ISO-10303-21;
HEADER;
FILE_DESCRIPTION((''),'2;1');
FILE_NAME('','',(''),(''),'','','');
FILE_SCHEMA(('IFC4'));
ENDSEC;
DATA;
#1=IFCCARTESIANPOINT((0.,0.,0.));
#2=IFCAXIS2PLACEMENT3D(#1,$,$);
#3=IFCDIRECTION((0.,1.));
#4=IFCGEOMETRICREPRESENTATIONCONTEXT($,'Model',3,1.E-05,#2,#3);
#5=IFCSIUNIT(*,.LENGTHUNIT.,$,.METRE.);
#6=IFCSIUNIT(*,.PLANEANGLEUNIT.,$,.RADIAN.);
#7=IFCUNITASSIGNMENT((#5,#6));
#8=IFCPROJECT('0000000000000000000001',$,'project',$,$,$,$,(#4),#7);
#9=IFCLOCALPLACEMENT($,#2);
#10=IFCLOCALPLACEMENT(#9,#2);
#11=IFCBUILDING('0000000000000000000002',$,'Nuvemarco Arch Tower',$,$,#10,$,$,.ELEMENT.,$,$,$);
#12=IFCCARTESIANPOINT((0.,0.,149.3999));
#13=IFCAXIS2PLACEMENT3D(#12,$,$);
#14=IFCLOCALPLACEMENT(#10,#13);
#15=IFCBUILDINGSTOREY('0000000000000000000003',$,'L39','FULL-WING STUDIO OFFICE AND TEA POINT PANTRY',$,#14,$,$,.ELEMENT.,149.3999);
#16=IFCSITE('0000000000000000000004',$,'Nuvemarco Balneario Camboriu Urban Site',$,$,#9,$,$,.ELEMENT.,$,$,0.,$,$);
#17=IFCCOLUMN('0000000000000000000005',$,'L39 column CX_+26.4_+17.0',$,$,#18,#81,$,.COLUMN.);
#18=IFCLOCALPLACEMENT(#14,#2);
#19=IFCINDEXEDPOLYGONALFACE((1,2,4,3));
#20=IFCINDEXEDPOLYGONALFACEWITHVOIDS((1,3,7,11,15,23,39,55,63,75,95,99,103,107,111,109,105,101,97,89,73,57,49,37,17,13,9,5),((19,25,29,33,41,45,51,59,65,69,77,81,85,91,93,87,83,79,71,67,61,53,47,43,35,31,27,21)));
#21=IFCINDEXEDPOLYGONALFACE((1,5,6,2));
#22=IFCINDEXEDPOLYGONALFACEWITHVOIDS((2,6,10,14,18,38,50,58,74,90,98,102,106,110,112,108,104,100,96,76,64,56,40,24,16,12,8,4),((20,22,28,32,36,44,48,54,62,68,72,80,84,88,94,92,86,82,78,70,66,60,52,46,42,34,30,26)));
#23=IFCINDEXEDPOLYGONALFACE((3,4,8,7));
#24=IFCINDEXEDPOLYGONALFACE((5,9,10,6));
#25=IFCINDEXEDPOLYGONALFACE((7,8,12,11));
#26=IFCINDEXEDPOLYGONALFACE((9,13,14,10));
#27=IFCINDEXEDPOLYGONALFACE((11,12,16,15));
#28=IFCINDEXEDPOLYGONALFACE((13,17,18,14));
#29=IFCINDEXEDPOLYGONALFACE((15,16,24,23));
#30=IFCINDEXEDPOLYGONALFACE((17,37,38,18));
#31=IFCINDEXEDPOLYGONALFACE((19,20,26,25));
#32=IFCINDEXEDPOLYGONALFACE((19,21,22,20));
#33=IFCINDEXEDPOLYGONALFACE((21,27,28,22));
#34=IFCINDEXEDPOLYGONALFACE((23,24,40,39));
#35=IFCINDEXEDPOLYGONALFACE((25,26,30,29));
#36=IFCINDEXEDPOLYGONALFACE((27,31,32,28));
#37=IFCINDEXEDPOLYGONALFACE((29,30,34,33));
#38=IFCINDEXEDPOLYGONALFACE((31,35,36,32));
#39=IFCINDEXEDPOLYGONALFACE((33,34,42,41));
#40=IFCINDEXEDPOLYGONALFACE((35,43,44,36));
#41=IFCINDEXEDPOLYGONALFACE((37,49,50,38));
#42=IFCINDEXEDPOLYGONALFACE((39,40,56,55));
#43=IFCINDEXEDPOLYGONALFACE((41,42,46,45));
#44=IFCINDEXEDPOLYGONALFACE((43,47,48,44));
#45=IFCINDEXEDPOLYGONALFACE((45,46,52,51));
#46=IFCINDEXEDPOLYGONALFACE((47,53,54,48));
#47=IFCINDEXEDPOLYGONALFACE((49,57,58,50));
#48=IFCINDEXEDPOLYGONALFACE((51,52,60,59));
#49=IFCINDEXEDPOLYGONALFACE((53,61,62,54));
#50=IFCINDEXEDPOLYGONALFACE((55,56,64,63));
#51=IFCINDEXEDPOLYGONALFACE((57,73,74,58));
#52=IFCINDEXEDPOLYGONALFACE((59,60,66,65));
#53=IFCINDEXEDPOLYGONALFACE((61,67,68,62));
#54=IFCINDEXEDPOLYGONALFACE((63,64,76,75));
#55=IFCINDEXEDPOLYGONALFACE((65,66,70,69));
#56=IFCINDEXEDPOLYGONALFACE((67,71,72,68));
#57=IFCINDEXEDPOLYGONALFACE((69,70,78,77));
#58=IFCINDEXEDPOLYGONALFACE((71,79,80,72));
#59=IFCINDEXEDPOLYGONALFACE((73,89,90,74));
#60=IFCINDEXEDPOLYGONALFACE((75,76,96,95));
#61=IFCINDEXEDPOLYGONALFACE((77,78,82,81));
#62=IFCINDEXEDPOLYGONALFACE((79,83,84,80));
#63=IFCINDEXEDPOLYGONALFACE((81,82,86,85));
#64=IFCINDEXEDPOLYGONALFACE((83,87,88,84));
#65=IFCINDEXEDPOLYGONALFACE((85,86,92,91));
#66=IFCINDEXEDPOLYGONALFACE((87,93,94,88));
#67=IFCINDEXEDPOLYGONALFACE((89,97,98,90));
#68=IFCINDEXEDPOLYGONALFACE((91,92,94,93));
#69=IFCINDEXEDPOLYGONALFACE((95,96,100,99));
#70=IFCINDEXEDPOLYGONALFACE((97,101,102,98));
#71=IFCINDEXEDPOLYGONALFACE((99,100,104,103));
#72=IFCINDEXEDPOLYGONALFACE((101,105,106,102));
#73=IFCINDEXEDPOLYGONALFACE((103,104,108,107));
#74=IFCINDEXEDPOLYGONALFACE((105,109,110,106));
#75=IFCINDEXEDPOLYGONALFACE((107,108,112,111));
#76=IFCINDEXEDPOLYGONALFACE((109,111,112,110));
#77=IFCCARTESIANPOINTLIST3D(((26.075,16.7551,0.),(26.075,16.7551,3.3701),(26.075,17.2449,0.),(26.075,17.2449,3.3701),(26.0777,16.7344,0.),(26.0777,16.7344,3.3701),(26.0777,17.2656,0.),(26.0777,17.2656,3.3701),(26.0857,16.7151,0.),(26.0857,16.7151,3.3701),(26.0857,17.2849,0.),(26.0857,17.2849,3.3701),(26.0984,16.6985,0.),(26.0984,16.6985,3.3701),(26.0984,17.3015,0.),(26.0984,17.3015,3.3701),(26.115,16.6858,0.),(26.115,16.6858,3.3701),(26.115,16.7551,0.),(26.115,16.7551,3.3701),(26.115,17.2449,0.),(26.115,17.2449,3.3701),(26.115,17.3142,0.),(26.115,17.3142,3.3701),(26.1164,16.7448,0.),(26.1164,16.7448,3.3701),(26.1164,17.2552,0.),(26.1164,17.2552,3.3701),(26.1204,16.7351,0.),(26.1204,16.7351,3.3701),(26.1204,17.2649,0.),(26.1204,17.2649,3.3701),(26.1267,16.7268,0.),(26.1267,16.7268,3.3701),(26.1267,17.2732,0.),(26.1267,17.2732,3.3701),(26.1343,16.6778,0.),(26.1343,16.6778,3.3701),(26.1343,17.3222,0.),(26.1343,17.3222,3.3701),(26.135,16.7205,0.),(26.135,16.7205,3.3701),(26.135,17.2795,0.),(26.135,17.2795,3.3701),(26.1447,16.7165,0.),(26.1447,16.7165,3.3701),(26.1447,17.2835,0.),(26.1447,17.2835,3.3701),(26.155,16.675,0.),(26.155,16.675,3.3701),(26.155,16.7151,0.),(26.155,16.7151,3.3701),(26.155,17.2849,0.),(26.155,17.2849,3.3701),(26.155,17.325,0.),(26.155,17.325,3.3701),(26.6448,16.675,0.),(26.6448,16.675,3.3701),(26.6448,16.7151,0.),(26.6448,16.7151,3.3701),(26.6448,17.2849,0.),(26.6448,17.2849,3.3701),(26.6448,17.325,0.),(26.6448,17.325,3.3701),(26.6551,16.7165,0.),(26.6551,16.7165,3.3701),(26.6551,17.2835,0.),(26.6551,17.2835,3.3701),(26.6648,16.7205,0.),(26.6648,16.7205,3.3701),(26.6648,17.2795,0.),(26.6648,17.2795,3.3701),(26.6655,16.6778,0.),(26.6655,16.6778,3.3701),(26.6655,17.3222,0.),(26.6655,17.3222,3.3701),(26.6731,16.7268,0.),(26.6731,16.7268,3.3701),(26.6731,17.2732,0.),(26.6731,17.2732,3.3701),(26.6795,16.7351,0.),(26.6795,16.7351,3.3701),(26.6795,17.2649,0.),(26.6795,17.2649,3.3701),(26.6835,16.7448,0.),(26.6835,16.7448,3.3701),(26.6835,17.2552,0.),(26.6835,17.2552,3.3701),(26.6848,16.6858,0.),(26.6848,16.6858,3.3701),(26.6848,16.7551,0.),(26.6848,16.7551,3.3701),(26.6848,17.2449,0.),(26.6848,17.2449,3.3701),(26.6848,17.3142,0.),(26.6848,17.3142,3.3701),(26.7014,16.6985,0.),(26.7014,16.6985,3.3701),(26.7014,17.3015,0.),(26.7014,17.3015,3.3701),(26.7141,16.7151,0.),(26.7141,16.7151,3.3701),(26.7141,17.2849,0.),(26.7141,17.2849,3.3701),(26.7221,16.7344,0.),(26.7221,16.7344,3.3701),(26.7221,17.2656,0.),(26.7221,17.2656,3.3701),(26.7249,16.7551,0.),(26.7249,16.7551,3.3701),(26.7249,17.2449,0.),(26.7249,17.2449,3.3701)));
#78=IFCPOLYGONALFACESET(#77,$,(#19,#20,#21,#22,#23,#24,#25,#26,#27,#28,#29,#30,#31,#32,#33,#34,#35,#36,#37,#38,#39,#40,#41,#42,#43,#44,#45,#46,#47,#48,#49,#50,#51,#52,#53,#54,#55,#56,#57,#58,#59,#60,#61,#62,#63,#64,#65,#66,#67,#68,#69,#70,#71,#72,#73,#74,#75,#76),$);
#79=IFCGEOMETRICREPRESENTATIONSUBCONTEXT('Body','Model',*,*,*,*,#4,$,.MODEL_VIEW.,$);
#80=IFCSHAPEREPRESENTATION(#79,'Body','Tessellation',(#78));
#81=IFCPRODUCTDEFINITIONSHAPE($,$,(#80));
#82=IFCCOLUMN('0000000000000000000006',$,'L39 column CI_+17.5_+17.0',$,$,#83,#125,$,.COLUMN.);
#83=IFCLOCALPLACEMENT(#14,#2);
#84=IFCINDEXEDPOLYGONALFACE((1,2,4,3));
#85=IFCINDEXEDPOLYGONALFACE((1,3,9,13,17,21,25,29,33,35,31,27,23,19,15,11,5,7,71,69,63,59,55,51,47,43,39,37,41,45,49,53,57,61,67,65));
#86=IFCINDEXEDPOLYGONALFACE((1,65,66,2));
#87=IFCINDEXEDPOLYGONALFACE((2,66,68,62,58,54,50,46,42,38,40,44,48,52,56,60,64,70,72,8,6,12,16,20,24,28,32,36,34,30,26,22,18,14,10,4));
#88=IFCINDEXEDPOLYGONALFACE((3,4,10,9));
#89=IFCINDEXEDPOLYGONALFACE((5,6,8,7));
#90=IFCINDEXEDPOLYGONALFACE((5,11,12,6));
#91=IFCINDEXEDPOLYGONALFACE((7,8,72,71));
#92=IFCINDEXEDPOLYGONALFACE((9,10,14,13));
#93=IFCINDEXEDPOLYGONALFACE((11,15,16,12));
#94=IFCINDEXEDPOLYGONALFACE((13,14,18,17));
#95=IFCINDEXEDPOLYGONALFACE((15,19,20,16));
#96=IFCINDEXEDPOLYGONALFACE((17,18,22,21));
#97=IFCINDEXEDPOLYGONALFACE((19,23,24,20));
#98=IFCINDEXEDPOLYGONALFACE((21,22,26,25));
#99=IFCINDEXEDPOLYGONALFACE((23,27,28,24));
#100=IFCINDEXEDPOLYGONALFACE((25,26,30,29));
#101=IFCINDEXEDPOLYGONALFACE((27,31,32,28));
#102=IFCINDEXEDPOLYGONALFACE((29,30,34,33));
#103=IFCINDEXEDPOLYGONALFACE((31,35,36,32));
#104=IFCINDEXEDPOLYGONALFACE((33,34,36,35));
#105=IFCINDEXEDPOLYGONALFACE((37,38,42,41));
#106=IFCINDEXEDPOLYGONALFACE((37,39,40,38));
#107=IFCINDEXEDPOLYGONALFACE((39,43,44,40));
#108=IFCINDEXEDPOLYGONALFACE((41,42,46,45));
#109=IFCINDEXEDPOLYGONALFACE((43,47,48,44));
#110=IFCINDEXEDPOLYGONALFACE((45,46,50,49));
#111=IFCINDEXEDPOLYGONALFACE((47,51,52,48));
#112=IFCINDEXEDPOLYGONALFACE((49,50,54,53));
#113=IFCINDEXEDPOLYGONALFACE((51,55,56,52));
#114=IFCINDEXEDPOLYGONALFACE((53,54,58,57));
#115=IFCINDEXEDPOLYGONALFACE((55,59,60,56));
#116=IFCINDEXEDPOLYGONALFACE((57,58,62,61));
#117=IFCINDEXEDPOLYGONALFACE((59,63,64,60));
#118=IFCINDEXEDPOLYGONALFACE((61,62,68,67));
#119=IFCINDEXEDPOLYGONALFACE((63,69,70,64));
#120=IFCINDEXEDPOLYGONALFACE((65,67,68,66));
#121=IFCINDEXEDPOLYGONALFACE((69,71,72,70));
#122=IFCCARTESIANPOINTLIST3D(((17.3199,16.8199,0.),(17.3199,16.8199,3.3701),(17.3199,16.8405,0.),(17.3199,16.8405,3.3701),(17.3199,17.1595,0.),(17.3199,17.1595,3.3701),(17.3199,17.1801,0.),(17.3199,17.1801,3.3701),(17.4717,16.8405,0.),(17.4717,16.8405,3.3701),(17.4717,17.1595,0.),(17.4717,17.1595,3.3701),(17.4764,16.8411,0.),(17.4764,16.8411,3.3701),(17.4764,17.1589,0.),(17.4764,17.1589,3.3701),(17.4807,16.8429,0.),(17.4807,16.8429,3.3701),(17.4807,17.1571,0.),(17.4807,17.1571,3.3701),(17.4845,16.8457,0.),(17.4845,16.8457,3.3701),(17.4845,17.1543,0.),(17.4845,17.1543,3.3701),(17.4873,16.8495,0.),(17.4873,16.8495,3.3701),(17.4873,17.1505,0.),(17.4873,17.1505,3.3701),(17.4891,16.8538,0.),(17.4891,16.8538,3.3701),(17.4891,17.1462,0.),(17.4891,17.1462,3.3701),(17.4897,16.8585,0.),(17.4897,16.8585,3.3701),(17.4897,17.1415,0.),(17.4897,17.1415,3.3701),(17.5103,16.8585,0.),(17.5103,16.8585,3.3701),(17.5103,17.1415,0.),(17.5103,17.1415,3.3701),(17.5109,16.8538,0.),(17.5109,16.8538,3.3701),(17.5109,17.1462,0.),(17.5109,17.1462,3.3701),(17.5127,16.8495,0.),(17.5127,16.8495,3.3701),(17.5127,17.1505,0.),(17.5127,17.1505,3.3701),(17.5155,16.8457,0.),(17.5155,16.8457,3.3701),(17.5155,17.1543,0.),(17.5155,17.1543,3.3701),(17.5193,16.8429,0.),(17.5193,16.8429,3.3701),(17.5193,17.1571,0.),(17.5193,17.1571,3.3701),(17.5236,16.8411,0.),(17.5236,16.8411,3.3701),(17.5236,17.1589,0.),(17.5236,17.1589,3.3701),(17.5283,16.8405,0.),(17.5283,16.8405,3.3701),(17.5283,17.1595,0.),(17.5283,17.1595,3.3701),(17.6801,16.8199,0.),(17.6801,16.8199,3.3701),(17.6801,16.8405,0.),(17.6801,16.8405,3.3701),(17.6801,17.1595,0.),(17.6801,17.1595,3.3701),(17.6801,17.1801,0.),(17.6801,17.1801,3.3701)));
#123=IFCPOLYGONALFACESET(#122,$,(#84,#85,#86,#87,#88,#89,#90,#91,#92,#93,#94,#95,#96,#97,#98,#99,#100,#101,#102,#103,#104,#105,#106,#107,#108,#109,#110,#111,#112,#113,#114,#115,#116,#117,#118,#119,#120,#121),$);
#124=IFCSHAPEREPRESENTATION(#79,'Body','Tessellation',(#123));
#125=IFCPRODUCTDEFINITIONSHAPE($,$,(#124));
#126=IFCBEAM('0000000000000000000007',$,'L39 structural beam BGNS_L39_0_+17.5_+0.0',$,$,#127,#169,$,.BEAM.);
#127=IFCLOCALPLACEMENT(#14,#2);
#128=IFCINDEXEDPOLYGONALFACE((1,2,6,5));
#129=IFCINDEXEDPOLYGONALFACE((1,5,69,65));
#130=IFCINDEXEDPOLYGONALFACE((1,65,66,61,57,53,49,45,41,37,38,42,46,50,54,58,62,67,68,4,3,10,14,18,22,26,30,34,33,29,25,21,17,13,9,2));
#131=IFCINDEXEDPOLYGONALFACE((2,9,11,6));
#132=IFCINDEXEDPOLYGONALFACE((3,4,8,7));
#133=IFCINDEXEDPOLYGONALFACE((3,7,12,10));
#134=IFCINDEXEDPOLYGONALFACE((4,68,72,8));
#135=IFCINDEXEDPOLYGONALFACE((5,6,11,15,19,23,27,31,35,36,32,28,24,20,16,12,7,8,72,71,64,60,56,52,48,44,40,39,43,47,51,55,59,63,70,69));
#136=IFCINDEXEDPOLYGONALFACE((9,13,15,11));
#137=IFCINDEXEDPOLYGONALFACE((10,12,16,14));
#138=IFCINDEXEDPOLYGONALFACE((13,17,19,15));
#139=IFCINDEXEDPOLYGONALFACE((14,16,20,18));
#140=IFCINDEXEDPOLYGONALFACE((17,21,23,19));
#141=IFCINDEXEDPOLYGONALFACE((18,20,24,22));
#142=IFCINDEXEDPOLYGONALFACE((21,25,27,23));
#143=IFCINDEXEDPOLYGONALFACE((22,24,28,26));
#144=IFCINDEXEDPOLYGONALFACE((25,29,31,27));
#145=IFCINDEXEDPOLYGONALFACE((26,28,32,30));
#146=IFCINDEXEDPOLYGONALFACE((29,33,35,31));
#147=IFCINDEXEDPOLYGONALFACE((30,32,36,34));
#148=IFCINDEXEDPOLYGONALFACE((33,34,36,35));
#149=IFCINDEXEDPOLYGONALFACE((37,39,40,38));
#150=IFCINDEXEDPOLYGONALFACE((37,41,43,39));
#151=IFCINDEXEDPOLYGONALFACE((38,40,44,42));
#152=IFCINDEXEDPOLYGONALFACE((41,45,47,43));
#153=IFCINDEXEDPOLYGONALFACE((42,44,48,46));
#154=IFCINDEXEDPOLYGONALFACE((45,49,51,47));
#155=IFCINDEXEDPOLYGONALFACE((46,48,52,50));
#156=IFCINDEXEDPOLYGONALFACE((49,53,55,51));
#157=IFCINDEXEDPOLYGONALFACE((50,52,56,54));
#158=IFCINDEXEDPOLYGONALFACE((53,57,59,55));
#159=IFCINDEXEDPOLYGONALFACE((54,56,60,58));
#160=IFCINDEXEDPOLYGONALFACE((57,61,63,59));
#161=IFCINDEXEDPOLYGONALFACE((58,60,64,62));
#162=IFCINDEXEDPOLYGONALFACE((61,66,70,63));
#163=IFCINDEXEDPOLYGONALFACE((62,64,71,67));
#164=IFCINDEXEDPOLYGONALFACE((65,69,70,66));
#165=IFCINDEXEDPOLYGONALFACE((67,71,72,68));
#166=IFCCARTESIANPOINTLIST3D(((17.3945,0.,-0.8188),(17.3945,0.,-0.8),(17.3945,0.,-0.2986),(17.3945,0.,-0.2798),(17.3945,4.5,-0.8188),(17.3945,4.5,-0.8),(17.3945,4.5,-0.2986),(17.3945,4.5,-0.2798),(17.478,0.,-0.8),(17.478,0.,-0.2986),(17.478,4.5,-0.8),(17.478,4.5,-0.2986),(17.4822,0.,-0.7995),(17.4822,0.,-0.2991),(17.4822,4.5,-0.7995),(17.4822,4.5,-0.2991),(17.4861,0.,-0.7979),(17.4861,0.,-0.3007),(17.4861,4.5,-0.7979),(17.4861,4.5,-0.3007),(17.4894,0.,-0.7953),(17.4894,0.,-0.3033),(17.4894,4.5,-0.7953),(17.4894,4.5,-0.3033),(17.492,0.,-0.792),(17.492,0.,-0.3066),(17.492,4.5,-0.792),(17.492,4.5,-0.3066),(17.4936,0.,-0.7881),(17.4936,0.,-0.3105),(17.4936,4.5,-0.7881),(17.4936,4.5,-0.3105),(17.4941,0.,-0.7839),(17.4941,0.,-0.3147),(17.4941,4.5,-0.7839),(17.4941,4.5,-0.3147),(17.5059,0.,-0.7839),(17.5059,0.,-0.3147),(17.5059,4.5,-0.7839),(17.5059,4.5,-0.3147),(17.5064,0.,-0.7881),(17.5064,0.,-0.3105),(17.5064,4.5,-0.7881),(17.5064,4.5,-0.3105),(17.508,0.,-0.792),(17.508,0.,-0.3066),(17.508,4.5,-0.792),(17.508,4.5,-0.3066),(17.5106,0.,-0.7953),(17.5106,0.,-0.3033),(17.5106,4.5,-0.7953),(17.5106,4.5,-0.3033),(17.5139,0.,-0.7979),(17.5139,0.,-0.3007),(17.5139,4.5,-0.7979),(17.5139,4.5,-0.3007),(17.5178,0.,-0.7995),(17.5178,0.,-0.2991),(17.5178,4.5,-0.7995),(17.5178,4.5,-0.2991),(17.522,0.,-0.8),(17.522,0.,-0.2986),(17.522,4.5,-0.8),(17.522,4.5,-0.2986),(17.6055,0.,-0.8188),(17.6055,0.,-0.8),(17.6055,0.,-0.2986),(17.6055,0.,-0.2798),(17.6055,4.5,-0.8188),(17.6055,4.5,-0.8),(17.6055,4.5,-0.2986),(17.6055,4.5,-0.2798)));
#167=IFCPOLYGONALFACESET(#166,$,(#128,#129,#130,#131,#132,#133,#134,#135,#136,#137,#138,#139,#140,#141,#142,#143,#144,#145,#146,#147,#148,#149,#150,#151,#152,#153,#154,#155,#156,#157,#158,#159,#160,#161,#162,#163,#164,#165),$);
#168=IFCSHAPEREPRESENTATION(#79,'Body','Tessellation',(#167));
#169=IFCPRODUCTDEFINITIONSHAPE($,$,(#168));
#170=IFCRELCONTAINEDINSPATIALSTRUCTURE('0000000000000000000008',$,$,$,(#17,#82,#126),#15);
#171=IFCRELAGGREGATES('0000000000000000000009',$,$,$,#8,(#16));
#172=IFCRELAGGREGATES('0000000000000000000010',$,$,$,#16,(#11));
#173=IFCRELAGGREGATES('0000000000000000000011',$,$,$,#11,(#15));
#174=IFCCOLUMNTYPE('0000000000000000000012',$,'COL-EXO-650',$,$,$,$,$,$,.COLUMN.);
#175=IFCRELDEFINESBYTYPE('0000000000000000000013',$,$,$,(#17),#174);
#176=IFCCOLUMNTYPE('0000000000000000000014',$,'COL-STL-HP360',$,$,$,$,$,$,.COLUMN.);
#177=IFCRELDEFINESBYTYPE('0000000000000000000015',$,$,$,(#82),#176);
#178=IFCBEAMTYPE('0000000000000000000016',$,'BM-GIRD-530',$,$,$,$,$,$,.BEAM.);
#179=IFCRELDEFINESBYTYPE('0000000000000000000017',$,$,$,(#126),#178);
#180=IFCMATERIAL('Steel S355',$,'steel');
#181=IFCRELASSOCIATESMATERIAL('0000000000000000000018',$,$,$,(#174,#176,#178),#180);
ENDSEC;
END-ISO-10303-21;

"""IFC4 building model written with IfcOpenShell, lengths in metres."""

from ifc_helpers import new_model, si_unit, direction, frame, origin, origin_2d, place, context, subcontext, project, spatial, hollow_rectangle, i_section, extrude, material, material_profile, profile_set, type_object, element, save


model = new_model("IFC4")

# Units and contexts
model_context = context("Model", 3, precision=1e-05, world=origin(), true_north=direction((0.0, 1.0)))
body_context = subcontext(model_context, "Body", "Model", "MODEL_VIEW")
ifc_project = project(units=[si_unit("LENGTHUNIT", "METRE"), si_unit("PLANEANGLEUNIT", "RADIAN")], contexts=[model_context])

# Site, building, storey
site_placement = place(None, origin())
site = spatial("IfcSite", under=ifc_project, at=site_placement, Name="Nuvemarco Balneario Camboriu Urban Site", CompositionType="ELEMENT", RefElevation=0.0)
building_placement = place(site_placement, origin())
building = spatial("IfcBuilding", under=site, at=building_placement, Name="Nuvemarco Arch Tower", CompositionType="ELEMENT")
storey_placement = place(building_placement, frame((0.0, 0.0, 149.3999)))
storey = spatial("IfcBuildingStorey", under=building, at=storey_placement, Name="L39", Description="FULL-WING STUDIO OFFICE AND TEA POINT PANTRY", CompositionType="ELEMENT", Elevation=149.3999)

# Columns
ifc_material_1 = material(Name="Steel S355", Category="steel")
ifc_material_profile_1 = material_profile(ifc_material_1, hollow_rectangle(XDim=0.6499, YDim=0.6499, WallThickness=0.04, InnerFilletRadius=0.04, OuterFilletRadius=0.0801, at=origin_2d()), Name="SHS650x650x40")
ifc_profile_set_1 = profile_set([ifc_material_profile_1], Name="Steel S355")
column_type_1 = type_object("IfcColumnType", Name="COL-EXO-650", PredefinedType="COLUMN", material=ifc_profile_set_1)
for number, where, z_axis, x_axis, name in (
    (1, (26.3999, 17.0, 0.0), (0.0, 0.0, 1.0), (1.0, 0.0, 0.0), "L39 column CX_+26.4_+17.0"),
):
    element("IfcColumn", number, at=place(storey_placement, frame(where, z_axis=z_axis, x_axis=x_axis)), inside=storey, type_object=column_type_1, Name=name, PredefinedType="COLUMN", context=body_context, shape_type="SweptSolid", body=[
        extrude(hollow_rectangle(XDim=0.6499, YDim=0.6499, WallThickness=0.04, InnerFilletRadius=0.04, OuterFilletRadius=0.0801, at=origin_2d()), origin(), (0.0, 0.0, 1.0), 3.3701),
    ])
ifc_material_profile_2 = material_profile(ifc_material_1, i_section(OverallWidth=0.3601, OverallDepth=0.3601, WebThickness=0.0205, FlangeThickness=0.0205, FilletRadius=0.0181, at=origin_2d()), Name="HP360x174")
ifc_profile_set_2 = profile_set([ifc_material_profile_2], Name="Steel S355")
column_type_2 = type_object("IfcColumnType", Name="COL-STL-HP360", PredefinedType="COLUMN", material=ifc_profile_set_2)
column_placement = place(storey_placement, frame((17.5, 17.0, 0.0), z_axis=(0.0, 0.0, 1.0), x_axis=(1.0, 0.0, 0.0)))
element("IfcColumn", 2, at=column_placement, inside=storey, type_object=column_type_2, Name="L39 column CI_+17.5_+17.0", PredefinedType="COLUMN", context=body_context, shape_type="SweptSolid", body=[
    extrude(i_section(OverallWidth=0.3601, OverallDepth=0.3601, WebThickness=0.0205, FlangeThickness=0.0205, FilletRadius=0.0181, at=origin_2d()), origin(), (0.0, 0.0, 1.0), 3.3701),
])

# Beam
ifc_material_profile_3 = material_profile(ifc_material_1, i_section(OverallWidth=0.2109, OverallDepth=0.5391, WebThickness=0.0117, FlangeThickness=0.0188, FilletRadius=0.0161, at=origin_2d()), Name="W530x109")
ifc_profile_set_3 = profile_set([ifc_material_profile_3], Name="Steel S355")
beam_type_1 = type_object("IfcBeamType", Name="BM-GIRD-530", PredefinedType="BEAM", material=ifc_profile_set_3)
beam_1_placement = place(storey_placement, frame((17.5, 0.0, -0.5493), z_axis=(0.0, 1.0, 0.0), x_axis=(-1.0, 0.0, 0.0)))
element("IfcBeam", 3, at=beam_1_placement, inside=storey, type_object=beam_type_1, Name="L39 structural beam BGNS_L39_0_+17.5_+0.0", PredefinedType="BEAM", context=body_context, shape_type="SweptSolid", body=[
    extrude(i_section(OverallWidth=0.2109, OverallDepth=0.5391, WebThickness=0.0117, FlangeThickness=0.0188, FilletRadius=0.0161, at=origin_2d()), origin(), (0.0, 0.0, 1.0), 4.5),
])

save(model, "model.ifc")
